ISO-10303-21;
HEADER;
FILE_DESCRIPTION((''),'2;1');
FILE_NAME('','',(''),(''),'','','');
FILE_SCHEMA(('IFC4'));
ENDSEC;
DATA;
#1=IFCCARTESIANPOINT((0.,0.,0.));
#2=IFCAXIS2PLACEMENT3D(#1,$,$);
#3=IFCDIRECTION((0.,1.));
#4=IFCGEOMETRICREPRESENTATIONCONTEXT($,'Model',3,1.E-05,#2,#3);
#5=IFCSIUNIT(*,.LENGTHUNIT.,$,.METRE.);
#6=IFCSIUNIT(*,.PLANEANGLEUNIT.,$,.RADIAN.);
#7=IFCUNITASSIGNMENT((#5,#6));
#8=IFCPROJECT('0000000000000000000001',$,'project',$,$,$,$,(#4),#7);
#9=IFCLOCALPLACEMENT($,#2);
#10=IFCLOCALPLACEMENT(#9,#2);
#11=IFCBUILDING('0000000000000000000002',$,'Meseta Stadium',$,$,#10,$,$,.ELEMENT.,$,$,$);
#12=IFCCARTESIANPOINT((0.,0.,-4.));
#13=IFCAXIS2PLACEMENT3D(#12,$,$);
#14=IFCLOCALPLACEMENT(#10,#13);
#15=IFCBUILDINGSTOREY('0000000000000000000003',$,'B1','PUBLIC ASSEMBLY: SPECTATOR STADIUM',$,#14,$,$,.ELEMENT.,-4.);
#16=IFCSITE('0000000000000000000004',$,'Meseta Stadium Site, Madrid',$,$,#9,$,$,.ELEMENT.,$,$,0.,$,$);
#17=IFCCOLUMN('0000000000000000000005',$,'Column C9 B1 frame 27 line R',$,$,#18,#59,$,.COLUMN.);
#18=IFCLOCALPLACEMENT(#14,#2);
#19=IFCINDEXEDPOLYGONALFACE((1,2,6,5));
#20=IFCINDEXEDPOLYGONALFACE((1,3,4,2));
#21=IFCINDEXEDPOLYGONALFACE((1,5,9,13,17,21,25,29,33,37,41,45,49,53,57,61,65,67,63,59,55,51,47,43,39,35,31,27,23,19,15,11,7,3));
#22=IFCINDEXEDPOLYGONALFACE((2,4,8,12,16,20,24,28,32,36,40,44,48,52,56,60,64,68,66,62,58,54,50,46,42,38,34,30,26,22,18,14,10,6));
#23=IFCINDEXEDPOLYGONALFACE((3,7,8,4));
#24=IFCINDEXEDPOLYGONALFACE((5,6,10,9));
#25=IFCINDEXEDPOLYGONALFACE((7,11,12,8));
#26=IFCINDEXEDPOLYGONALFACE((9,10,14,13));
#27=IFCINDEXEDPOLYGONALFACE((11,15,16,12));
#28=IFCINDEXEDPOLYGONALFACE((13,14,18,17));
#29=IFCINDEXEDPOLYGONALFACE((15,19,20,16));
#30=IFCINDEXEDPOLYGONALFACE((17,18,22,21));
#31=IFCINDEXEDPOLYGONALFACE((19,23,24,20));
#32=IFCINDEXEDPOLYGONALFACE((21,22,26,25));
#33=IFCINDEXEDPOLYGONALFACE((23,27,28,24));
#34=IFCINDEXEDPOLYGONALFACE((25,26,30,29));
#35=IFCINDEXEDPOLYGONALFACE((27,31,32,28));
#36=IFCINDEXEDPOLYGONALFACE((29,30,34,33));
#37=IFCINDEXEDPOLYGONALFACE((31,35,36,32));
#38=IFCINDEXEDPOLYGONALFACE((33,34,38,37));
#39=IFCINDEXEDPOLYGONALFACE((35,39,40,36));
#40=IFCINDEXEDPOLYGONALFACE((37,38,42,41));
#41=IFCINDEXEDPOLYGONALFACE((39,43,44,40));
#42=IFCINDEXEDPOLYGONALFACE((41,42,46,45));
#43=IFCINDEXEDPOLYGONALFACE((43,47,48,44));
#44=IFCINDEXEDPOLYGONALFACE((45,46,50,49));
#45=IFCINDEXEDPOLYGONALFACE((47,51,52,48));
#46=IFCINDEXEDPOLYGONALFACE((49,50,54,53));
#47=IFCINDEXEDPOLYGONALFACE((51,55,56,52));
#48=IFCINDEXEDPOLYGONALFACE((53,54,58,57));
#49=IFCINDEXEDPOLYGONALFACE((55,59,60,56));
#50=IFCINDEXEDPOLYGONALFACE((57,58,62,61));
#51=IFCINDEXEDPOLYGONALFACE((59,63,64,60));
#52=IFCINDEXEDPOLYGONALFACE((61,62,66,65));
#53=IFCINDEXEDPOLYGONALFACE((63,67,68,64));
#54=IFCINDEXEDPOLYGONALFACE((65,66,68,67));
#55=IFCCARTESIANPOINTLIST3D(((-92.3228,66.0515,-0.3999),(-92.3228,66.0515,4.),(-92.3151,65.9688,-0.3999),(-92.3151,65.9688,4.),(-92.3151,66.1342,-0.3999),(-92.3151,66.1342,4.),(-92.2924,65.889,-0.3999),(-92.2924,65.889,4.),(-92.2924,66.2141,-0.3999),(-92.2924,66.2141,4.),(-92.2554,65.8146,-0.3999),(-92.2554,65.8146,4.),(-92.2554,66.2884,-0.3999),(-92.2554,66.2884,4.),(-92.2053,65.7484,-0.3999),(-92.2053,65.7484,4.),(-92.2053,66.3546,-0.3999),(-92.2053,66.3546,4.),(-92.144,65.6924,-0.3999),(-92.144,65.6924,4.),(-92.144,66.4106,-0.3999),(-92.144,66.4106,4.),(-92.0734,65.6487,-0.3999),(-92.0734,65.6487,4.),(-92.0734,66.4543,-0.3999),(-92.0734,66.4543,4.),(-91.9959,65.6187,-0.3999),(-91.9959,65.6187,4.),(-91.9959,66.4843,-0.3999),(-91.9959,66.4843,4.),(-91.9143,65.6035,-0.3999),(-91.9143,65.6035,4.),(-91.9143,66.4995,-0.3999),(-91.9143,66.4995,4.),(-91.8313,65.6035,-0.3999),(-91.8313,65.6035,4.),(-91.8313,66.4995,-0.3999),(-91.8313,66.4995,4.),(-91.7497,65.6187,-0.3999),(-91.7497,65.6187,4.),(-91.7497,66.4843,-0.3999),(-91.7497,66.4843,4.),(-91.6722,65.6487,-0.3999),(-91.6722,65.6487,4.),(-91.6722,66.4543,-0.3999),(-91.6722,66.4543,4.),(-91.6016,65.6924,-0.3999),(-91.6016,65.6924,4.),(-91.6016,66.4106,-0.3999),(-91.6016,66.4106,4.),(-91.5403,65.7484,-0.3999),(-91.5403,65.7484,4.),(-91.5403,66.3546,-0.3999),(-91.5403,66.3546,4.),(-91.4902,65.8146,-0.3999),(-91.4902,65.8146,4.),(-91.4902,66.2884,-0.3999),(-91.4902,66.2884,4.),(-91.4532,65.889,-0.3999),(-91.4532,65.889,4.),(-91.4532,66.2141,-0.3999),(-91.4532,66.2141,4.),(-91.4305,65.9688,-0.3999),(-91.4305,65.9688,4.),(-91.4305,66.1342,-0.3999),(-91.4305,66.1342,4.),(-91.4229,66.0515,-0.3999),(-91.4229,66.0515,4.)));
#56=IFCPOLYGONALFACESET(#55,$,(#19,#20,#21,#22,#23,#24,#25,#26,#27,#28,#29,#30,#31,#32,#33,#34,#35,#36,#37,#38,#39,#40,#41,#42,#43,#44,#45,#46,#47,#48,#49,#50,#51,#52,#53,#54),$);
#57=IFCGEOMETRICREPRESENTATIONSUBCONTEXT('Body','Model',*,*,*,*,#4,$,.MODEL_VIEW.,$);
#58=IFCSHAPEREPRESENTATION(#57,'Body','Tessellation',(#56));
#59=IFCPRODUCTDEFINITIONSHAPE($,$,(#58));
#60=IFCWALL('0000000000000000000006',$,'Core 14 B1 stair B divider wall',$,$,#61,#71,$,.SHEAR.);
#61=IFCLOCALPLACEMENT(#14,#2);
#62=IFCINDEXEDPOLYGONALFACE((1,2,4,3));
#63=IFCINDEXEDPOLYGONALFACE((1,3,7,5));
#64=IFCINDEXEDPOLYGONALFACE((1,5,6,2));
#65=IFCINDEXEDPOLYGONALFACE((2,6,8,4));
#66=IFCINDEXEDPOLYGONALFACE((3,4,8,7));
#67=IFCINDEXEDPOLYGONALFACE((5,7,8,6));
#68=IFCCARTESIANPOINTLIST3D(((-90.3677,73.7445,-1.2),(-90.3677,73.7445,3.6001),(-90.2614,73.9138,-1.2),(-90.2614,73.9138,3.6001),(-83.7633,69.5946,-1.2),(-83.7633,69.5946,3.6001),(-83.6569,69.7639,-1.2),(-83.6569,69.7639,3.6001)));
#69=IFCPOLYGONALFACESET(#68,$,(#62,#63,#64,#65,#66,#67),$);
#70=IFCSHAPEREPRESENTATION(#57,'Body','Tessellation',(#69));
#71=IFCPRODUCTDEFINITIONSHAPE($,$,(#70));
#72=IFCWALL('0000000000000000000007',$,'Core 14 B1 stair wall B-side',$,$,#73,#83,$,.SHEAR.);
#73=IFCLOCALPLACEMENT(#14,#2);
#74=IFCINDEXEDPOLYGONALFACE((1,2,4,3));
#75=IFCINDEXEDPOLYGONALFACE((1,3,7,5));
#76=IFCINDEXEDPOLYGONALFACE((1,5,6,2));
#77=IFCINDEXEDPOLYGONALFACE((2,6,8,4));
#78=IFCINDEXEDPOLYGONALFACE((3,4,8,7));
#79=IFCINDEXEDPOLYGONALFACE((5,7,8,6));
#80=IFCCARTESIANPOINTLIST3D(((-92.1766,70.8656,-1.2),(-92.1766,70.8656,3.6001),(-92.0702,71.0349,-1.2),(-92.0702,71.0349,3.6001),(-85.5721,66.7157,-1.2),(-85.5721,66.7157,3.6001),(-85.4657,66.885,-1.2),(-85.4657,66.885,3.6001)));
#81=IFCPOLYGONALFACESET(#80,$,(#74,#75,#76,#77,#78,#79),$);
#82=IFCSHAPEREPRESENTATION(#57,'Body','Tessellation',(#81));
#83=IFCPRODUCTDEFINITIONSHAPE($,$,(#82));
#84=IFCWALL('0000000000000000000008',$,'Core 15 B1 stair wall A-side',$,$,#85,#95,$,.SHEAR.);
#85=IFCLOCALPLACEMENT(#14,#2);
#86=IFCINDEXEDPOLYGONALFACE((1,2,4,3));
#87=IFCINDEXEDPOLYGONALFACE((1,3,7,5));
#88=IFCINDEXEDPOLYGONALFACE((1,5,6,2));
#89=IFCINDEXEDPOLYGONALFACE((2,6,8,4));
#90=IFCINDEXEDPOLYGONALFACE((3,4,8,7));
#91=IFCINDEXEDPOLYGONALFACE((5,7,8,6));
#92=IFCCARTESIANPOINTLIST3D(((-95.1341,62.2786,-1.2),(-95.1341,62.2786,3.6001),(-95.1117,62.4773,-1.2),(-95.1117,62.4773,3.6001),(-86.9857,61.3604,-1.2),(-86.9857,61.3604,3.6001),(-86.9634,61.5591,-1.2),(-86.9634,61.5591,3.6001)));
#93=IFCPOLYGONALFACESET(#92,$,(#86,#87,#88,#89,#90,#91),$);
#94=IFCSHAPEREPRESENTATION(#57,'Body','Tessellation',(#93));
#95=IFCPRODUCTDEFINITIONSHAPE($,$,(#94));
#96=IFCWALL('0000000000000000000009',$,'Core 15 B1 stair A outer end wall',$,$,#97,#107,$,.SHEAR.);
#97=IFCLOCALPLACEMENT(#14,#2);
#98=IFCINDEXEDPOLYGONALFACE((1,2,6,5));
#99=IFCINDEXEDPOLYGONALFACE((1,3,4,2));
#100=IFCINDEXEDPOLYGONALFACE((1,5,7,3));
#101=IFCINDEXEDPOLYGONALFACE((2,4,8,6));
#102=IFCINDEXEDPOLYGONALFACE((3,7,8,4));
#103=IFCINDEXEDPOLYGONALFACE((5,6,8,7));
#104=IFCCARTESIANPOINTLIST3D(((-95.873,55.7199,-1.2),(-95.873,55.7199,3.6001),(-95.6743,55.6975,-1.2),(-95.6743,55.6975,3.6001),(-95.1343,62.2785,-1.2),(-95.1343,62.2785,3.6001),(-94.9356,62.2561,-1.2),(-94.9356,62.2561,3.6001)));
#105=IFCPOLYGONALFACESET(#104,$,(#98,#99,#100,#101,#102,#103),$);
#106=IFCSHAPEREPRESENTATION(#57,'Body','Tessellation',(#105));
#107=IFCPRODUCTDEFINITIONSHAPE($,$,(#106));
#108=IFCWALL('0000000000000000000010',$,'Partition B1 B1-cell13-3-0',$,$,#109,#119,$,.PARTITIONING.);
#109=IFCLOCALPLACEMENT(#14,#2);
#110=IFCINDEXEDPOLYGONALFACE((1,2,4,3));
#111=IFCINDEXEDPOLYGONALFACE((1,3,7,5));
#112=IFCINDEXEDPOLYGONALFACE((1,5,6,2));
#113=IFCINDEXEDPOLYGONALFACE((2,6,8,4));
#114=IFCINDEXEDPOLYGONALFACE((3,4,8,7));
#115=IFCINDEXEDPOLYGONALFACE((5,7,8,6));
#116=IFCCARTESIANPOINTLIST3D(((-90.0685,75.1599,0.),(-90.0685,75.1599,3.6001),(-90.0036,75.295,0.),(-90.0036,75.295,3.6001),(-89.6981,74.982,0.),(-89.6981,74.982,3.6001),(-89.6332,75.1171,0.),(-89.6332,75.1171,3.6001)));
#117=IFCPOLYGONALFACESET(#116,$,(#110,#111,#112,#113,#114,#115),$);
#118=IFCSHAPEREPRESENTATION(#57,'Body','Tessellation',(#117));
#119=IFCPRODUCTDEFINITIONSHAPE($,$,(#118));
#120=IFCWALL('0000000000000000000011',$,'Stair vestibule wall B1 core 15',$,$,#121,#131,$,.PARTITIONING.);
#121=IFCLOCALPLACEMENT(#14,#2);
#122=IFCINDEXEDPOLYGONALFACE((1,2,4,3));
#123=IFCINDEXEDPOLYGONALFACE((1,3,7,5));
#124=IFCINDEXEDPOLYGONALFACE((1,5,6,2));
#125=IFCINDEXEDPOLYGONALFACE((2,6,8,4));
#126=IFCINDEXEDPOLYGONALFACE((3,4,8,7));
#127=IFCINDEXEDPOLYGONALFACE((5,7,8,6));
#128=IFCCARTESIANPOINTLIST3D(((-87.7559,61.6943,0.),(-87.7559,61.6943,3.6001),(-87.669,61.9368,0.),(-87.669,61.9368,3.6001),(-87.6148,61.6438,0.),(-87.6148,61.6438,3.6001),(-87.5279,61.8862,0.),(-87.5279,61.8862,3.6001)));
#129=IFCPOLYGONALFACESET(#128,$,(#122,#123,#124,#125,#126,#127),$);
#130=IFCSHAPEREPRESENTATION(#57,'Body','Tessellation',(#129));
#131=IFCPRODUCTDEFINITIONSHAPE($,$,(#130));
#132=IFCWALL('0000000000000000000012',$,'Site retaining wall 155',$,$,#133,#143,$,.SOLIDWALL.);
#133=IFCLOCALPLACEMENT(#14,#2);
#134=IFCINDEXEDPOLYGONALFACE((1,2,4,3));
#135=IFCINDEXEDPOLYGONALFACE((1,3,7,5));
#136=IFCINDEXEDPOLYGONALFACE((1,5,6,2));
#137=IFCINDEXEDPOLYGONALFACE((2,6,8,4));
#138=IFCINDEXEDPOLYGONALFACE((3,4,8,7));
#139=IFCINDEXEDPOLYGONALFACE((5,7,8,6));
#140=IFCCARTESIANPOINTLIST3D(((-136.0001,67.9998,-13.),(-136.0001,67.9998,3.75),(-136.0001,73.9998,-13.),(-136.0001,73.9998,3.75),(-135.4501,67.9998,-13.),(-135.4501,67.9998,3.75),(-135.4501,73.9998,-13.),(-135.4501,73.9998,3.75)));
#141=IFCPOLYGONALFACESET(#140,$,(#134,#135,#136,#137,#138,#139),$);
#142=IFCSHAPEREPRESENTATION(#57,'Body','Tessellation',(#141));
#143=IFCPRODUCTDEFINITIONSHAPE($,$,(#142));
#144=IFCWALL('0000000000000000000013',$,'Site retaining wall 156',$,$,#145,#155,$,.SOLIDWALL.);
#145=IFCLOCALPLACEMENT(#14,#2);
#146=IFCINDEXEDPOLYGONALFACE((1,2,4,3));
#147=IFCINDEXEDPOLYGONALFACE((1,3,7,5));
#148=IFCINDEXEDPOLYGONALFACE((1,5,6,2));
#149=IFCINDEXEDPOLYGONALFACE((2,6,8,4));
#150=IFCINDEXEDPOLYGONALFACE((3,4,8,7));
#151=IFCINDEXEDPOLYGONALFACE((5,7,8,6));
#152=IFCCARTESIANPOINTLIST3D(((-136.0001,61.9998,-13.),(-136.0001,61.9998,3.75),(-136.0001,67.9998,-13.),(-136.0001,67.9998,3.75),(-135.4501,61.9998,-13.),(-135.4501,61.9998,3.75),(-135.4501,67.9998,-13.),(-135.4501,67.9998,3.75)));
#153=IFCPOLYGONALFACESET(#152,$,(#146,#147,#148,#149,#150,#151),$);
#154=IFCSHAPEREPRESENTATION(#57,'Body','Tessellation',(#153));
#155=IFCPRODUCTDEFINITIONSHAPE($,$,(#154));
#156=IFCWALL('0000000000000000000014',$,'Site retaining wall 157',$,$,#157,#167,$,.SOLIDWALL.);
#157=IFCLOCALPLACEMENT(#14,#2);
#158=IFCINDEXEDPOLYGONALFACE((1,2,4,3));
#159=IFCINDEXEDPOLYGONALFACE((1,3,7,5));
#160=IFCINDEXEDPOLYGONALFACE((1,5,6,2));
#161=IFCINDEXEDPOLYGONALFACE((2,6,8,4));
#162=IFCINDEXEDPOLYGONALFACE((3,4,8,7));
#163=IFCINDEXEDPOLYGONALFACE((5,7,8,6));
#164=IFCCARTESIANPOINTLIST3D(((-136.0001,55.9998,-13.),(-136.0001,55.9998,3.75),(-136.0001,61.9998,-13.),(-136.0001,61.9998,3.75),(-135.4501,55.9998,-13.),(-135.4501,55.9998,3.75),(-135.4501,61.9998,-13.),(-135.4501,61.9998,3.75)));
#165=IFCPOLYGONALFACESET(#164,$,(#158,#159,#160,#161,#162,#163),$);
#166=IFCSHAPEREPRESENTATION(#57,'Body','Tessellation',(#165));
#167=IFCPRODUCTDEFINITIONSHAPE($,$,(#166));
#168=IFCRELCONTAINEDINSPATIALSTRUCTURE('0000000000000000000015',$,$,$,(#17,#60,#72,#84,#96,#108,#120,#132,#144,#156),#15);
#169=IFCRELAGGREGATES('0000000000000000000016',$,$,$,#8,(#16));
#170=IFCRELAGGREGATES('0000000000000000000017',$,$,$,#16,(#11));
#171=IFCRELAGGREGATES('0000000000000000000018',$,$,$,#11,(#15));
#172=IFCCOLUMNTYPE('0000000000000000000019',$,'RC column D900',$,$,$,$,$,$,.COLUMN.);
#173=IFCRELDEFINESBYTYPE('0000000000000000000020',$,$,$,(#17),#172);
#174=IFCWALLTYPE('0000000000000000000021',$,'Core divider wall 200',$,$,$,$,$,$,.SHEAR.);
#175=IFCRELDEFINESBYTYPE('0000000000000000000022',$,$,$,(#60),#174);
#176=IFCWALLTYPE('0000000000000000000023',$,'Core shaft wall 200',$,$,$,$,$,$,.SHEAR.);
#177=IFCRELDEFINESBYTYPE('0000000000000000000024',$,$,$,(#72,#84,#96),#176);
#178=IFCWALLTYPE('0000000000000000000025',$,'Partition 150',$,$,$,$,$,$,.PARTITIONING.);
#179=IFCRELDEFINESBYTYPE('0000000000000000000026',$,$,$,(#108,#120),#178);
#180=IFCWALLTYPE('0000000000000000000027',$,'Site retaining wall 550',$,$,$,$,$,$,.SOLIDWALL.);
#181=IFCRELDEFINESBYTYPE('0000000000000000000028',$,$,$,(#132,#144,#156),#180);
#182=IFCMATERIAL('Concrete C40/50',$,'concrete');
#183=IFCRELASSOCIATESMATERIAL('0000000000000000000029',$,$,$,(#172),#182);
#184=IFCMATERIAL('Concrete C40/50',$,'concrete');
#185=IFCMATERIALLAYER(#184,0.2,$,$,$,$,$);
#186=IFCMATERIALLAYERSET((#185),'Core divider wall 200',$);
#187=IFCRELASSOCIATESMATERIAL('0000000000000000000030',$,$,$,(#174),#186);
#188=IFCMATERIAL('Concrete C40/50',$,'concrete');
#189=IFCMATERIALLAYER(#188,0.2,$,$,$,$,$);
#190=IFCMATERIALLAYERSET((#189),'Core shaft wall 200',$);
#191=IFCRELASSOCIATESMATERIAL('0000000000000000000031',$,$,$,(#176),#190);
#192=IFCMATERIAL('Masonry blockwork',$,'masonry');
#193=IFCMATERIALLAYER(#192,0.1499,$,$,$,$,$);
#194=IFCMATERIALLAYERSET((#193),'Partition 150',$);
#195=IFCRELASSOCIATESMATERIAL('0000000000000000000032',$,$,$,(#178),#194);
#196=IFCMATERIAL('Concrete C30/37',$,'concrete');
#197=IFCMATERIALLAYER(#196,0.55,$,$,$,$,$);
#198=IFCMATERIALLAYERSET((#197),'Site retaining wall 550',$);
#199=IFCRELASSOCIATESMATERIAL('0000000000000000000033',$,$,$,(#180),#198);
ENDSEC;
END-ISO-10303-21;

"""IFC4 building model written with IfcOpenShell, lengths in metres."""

from ifc_helpers import new_model, si_unit, direction, frame, frame_2d, origin, origin_2d, place, context, subcontext, project, spatial, rectangle, circle, extrude, material, layer, layer_set, material_profile, profile_set, type_object, element, save


model = new_model("IFC4")

# Units and contexts
model_context = context("Model", 3, precision=1e-05, world=origin(), true_north=direction((0.0, 1.0)))
body_context = subcontext(model_context, "Body", "Model", "MODEL_VIEW")
ifc_project = project(units=[si_unit("LENGTHUNIT", "METRE"), si_unit("PLANEANGLEUNIT", "RADIAN")], contexts=[model_context])

# Site, building, storey
site_placement = place(None, origin())
site = spatial("IfcSite", under=ifc_project, at=site_placement, Name="Meseta Stadium Site, Madrid", CompositionType="ELEMENT", RefElevation=0.0)
building_placement = place(site_placement, origin())
building = spatial("IfcBuilding", under=site, at=building_placement, Name="Meseta Stadium", CompositionType="ELEMENT")
storey_placement = place(building_placement, frame((0.0, 0.0, -4.0)))
storey = spatial("IfcBuildingStorey", under=building, at=storey_placement, Name="B1", Description="PUBLIC ASSEMBLY: SPECTATOR STADIUM", CompositionType="ELEMENT", Elevation=-4.0)

# Column
ifc_material_1 = material(Name="Concrete C40/50", Category="concrete")
ifc_material_profile = material_profile(ifc_material_1, circle(Radius=0.45, at=origin_2d()), Name="RC D900")
ifc_profile_set = profile_set([ifc_material_profile], Name="Concrete C40/50")
column_type = type_object("IfcColumnType", Name="RC column D900", PredefinedType="COLUMN", material=ifc_profile_set)
column_placement = place(storey_placement, frame((-91.8728, 66.0515, -0.3999), z_axis=(0.0, 0.0, 1.0), x_axis=(1.0, 0.0, 0.0)))
element("IfcColumn", 1, at=column_placement, inside=storey, type_object=column_type, Name="Column C9 B1 frame 27 line R", PredefinedType="COLUMN", context=body_context, shape_type="SweptSolid", body=[
    extrude(circle(Radius=0.45, at=origin_2d()), origin(), (0.0, 0.0, 1.0), 4.3999),
])

# Walls
ifc_material_2 = material(Name="Concrete C40/50", Category="concrete")
ifc_layer_1 = layer(ifc_material_2, 0.2)
ifc_layer_set_1 = layer_set([ifc_layer_1], Name="Core divider wall 200")
wall_type_1 = type_object("IfcWallType", Name="Core divider wall 200", PredefinedType="SHEAR", material=ifc_layer_set_1)
wall_1_placement = place(storey_placement, frame((-90.3145, 73.8291, -1.2), z_axis=(0.0, 0.0, 1.0), x_axis=(0.846723, -0.532034, 0.0)))
element("IfcWall", 2, at=wall_1_placement, inside=storey, type_object=wall_type_1, Name="Core 14 B1 stair B divider wall", PredefinedType="SHEAR", context=body_context, shape_type="SweptSolid", body=[
    extrude(rectangle(XDim=7.8, YDim=0.2, at=frame_2d((3.8999, 0.0))), origin(), (0.0, 0.0, 1.0), 4.8),
])
ifc_material_3 = material(Name="Concrete C40/50", Category="concrete")
ifc_layer_2 = layer(ifc_material_3, 0.2)
ifc_layer_set_2 = layer_set([ifc_layer_2], Name="Core shaft wall 200")
wall_type_2 = type_object("IfcWallType", Name="Core shaft wall 200", PredefinedType="SHEAR", material=ifc_layer_set_2)
wall_2_placement = place(storey_placement, frame((-92.1233, 70.9502, -1.2), z_axis=(0.0, 0.0, 1.0), x_axis=(0.846723, -0.532034, 0.0)))
element("IfcWall", 3, at=wall_2_placement, inside=storey, type_object=wall_type_2, Name="Core 14 B1 stair wall B-side", PredefinedType="SHEAR", context=body_context, shape_type="SweptSolid", body=[
    extrude(rectangle(XDim=7.8, YDim=0.2, at=frame_2d((3.8999, 0.0))), origin(), (0.0, 0.0, 1.0), 4.8),
])
wall_3_placement = place(storey_placement, frame((-95.123, 62.3779, -1.2), z_axis=(0.0, 0.0, 1.0), x_axis=(0.993711, -0.111977, 0.0)))
element("IfcWall", 4, at=wall_3_placement, inside=storey, type_object=wall_type_2, Name="Core 15 B1 stair wall A-side", PredefinedType="SHEAR", context=body_context, shape_type="SweptSolid", body=[
    extrude(rectangle(XDim=8.2, YDim=0.2, at=frame_2d((4.1001, 0.0))), origin(), (0.0, 0.0, 1.0), 4.8),
])
wall_4_placement = place(storey_placement, frame((-95.0349, 62.2673, -1.2), z_axis=(0.0, 0.0, 1.0), x_axis=(-0.111934, -0.993716, 0.0)))
element("IfcWall", 5, at=wall_4_placement, inside=storey, type_object=wall_type_2, Name="Core 15 B1 stair A outer end wall", PredefinedType="SHEAR", context=body_context, shape_type="SweptSolid", body=[
    extrude(rectangle(XDim=6.6001, YDim=0.2, at=frame_2d((3.3, 0.0))), origin(), (0.0, 0.0, 1.0), 4.8),
])
ifc_material_4 = material(Name="Masonry blockwork", Category="masonry")
ifc_layer_3 = layer(ifc_material_4, 0.1499)
ifc_layer_set_3 = layer_set([ifc_layer_3], Name="Partition 150")
wall_type_3 = type_object("IfcWallType", Name="Partition 150", PredefinedType="PARTITIONING", material=ifc_layer_set_3)
wall_5_placement = place(storey_placement, frame((-90.0361, 75.2275, 0.0), z_axis=(0.0, 0.0, 1.0), x_axis=(0.901328, -0.433137, 0.0)))
element("IfcWall", 6, at=wall_5_placement, inside=storey, type_object=wall_type_3, Name="Partition B1 B1-cell13-3-0", PredefinedType="PARTITIONING", context=body_context, shape_type="SweptSolid", body=[
    extrude(rectangle(XDim=0.4109, YDim=0.1499, at=frame_2d((0.2056, 0.0))), origin(), (0.0, 0.0, 1.0), 3.6001),
])
wall_6_placement = place(storey_placement, frame((-87.5984, 61.9116, 0.0), z_axis=(0.0, 0.0, 1.0), x_axis=(-0.337477, -0.941334, 0.0)))
element("IfcWall", 7, at=wall_6_placement, inside=storey, type_object=wall_type_3, Name="Stair vestibule wall B1 core 15", PredefinedType="PARTITIONING", context=body_context, shape_type="SweptSolid", body=[
    extrude(rectangle(XDim=0.2576, YDim=0.1499, at=frame_2d((0.1289, 0.0))), origin(), (0.0, 0.0, 1.0), 3.6001),
])
ifc_material_5 = material(Name="Concrete C30/37", Category="concrete")
ifc_layer_4 = layer(ifc_material_5, 0.55)
ifc_layer_set_4 = layer_set([ifc_layer_4], Name="Site retaining wall 550")
wall_type_4 = type_object("IfcWallType", Name="Site retaining wall 550", PredefinedType="SOLIDWALL", material=ifc_layer_set_4)
for number, where, z_axis, x_axis, name in (
    (8, (-135.7251, 73.9998, -13.0), (0.0, 0.0, 1.0), (0.0, -1.0, 0.0), "Site retaining wall 155"),
    (9, (-135.7251, 67.9998, -13.0), (0.0, 0.0, 1.0), (0.0, -1.0, 0.0), "Site retaining wall 156"),
    (10, (-135.7251, 61.9998, -13.0), (0.0, 0.0, 1.0), (0.0, -1.0, 0.0), "Site retaining wall 157"),
):
    element("IfcWall", number, at=place(storey_placement, frame(where, z_axis=z_axis, x_axis=x_axis)), inside=storey, type_object=wall_type_4, Name=name, PredefinedType="SOLIDWALL", context=body_context, shape_type="SweptSolid", body=[
        extrude(rectangle(XDim=6.0, YDim=0.55, at=frame_2d((3.0, 0.0))), origin(), (0.0, 0.0, 1.0), 16.75),
    ])

save(model, "model.ifc")
